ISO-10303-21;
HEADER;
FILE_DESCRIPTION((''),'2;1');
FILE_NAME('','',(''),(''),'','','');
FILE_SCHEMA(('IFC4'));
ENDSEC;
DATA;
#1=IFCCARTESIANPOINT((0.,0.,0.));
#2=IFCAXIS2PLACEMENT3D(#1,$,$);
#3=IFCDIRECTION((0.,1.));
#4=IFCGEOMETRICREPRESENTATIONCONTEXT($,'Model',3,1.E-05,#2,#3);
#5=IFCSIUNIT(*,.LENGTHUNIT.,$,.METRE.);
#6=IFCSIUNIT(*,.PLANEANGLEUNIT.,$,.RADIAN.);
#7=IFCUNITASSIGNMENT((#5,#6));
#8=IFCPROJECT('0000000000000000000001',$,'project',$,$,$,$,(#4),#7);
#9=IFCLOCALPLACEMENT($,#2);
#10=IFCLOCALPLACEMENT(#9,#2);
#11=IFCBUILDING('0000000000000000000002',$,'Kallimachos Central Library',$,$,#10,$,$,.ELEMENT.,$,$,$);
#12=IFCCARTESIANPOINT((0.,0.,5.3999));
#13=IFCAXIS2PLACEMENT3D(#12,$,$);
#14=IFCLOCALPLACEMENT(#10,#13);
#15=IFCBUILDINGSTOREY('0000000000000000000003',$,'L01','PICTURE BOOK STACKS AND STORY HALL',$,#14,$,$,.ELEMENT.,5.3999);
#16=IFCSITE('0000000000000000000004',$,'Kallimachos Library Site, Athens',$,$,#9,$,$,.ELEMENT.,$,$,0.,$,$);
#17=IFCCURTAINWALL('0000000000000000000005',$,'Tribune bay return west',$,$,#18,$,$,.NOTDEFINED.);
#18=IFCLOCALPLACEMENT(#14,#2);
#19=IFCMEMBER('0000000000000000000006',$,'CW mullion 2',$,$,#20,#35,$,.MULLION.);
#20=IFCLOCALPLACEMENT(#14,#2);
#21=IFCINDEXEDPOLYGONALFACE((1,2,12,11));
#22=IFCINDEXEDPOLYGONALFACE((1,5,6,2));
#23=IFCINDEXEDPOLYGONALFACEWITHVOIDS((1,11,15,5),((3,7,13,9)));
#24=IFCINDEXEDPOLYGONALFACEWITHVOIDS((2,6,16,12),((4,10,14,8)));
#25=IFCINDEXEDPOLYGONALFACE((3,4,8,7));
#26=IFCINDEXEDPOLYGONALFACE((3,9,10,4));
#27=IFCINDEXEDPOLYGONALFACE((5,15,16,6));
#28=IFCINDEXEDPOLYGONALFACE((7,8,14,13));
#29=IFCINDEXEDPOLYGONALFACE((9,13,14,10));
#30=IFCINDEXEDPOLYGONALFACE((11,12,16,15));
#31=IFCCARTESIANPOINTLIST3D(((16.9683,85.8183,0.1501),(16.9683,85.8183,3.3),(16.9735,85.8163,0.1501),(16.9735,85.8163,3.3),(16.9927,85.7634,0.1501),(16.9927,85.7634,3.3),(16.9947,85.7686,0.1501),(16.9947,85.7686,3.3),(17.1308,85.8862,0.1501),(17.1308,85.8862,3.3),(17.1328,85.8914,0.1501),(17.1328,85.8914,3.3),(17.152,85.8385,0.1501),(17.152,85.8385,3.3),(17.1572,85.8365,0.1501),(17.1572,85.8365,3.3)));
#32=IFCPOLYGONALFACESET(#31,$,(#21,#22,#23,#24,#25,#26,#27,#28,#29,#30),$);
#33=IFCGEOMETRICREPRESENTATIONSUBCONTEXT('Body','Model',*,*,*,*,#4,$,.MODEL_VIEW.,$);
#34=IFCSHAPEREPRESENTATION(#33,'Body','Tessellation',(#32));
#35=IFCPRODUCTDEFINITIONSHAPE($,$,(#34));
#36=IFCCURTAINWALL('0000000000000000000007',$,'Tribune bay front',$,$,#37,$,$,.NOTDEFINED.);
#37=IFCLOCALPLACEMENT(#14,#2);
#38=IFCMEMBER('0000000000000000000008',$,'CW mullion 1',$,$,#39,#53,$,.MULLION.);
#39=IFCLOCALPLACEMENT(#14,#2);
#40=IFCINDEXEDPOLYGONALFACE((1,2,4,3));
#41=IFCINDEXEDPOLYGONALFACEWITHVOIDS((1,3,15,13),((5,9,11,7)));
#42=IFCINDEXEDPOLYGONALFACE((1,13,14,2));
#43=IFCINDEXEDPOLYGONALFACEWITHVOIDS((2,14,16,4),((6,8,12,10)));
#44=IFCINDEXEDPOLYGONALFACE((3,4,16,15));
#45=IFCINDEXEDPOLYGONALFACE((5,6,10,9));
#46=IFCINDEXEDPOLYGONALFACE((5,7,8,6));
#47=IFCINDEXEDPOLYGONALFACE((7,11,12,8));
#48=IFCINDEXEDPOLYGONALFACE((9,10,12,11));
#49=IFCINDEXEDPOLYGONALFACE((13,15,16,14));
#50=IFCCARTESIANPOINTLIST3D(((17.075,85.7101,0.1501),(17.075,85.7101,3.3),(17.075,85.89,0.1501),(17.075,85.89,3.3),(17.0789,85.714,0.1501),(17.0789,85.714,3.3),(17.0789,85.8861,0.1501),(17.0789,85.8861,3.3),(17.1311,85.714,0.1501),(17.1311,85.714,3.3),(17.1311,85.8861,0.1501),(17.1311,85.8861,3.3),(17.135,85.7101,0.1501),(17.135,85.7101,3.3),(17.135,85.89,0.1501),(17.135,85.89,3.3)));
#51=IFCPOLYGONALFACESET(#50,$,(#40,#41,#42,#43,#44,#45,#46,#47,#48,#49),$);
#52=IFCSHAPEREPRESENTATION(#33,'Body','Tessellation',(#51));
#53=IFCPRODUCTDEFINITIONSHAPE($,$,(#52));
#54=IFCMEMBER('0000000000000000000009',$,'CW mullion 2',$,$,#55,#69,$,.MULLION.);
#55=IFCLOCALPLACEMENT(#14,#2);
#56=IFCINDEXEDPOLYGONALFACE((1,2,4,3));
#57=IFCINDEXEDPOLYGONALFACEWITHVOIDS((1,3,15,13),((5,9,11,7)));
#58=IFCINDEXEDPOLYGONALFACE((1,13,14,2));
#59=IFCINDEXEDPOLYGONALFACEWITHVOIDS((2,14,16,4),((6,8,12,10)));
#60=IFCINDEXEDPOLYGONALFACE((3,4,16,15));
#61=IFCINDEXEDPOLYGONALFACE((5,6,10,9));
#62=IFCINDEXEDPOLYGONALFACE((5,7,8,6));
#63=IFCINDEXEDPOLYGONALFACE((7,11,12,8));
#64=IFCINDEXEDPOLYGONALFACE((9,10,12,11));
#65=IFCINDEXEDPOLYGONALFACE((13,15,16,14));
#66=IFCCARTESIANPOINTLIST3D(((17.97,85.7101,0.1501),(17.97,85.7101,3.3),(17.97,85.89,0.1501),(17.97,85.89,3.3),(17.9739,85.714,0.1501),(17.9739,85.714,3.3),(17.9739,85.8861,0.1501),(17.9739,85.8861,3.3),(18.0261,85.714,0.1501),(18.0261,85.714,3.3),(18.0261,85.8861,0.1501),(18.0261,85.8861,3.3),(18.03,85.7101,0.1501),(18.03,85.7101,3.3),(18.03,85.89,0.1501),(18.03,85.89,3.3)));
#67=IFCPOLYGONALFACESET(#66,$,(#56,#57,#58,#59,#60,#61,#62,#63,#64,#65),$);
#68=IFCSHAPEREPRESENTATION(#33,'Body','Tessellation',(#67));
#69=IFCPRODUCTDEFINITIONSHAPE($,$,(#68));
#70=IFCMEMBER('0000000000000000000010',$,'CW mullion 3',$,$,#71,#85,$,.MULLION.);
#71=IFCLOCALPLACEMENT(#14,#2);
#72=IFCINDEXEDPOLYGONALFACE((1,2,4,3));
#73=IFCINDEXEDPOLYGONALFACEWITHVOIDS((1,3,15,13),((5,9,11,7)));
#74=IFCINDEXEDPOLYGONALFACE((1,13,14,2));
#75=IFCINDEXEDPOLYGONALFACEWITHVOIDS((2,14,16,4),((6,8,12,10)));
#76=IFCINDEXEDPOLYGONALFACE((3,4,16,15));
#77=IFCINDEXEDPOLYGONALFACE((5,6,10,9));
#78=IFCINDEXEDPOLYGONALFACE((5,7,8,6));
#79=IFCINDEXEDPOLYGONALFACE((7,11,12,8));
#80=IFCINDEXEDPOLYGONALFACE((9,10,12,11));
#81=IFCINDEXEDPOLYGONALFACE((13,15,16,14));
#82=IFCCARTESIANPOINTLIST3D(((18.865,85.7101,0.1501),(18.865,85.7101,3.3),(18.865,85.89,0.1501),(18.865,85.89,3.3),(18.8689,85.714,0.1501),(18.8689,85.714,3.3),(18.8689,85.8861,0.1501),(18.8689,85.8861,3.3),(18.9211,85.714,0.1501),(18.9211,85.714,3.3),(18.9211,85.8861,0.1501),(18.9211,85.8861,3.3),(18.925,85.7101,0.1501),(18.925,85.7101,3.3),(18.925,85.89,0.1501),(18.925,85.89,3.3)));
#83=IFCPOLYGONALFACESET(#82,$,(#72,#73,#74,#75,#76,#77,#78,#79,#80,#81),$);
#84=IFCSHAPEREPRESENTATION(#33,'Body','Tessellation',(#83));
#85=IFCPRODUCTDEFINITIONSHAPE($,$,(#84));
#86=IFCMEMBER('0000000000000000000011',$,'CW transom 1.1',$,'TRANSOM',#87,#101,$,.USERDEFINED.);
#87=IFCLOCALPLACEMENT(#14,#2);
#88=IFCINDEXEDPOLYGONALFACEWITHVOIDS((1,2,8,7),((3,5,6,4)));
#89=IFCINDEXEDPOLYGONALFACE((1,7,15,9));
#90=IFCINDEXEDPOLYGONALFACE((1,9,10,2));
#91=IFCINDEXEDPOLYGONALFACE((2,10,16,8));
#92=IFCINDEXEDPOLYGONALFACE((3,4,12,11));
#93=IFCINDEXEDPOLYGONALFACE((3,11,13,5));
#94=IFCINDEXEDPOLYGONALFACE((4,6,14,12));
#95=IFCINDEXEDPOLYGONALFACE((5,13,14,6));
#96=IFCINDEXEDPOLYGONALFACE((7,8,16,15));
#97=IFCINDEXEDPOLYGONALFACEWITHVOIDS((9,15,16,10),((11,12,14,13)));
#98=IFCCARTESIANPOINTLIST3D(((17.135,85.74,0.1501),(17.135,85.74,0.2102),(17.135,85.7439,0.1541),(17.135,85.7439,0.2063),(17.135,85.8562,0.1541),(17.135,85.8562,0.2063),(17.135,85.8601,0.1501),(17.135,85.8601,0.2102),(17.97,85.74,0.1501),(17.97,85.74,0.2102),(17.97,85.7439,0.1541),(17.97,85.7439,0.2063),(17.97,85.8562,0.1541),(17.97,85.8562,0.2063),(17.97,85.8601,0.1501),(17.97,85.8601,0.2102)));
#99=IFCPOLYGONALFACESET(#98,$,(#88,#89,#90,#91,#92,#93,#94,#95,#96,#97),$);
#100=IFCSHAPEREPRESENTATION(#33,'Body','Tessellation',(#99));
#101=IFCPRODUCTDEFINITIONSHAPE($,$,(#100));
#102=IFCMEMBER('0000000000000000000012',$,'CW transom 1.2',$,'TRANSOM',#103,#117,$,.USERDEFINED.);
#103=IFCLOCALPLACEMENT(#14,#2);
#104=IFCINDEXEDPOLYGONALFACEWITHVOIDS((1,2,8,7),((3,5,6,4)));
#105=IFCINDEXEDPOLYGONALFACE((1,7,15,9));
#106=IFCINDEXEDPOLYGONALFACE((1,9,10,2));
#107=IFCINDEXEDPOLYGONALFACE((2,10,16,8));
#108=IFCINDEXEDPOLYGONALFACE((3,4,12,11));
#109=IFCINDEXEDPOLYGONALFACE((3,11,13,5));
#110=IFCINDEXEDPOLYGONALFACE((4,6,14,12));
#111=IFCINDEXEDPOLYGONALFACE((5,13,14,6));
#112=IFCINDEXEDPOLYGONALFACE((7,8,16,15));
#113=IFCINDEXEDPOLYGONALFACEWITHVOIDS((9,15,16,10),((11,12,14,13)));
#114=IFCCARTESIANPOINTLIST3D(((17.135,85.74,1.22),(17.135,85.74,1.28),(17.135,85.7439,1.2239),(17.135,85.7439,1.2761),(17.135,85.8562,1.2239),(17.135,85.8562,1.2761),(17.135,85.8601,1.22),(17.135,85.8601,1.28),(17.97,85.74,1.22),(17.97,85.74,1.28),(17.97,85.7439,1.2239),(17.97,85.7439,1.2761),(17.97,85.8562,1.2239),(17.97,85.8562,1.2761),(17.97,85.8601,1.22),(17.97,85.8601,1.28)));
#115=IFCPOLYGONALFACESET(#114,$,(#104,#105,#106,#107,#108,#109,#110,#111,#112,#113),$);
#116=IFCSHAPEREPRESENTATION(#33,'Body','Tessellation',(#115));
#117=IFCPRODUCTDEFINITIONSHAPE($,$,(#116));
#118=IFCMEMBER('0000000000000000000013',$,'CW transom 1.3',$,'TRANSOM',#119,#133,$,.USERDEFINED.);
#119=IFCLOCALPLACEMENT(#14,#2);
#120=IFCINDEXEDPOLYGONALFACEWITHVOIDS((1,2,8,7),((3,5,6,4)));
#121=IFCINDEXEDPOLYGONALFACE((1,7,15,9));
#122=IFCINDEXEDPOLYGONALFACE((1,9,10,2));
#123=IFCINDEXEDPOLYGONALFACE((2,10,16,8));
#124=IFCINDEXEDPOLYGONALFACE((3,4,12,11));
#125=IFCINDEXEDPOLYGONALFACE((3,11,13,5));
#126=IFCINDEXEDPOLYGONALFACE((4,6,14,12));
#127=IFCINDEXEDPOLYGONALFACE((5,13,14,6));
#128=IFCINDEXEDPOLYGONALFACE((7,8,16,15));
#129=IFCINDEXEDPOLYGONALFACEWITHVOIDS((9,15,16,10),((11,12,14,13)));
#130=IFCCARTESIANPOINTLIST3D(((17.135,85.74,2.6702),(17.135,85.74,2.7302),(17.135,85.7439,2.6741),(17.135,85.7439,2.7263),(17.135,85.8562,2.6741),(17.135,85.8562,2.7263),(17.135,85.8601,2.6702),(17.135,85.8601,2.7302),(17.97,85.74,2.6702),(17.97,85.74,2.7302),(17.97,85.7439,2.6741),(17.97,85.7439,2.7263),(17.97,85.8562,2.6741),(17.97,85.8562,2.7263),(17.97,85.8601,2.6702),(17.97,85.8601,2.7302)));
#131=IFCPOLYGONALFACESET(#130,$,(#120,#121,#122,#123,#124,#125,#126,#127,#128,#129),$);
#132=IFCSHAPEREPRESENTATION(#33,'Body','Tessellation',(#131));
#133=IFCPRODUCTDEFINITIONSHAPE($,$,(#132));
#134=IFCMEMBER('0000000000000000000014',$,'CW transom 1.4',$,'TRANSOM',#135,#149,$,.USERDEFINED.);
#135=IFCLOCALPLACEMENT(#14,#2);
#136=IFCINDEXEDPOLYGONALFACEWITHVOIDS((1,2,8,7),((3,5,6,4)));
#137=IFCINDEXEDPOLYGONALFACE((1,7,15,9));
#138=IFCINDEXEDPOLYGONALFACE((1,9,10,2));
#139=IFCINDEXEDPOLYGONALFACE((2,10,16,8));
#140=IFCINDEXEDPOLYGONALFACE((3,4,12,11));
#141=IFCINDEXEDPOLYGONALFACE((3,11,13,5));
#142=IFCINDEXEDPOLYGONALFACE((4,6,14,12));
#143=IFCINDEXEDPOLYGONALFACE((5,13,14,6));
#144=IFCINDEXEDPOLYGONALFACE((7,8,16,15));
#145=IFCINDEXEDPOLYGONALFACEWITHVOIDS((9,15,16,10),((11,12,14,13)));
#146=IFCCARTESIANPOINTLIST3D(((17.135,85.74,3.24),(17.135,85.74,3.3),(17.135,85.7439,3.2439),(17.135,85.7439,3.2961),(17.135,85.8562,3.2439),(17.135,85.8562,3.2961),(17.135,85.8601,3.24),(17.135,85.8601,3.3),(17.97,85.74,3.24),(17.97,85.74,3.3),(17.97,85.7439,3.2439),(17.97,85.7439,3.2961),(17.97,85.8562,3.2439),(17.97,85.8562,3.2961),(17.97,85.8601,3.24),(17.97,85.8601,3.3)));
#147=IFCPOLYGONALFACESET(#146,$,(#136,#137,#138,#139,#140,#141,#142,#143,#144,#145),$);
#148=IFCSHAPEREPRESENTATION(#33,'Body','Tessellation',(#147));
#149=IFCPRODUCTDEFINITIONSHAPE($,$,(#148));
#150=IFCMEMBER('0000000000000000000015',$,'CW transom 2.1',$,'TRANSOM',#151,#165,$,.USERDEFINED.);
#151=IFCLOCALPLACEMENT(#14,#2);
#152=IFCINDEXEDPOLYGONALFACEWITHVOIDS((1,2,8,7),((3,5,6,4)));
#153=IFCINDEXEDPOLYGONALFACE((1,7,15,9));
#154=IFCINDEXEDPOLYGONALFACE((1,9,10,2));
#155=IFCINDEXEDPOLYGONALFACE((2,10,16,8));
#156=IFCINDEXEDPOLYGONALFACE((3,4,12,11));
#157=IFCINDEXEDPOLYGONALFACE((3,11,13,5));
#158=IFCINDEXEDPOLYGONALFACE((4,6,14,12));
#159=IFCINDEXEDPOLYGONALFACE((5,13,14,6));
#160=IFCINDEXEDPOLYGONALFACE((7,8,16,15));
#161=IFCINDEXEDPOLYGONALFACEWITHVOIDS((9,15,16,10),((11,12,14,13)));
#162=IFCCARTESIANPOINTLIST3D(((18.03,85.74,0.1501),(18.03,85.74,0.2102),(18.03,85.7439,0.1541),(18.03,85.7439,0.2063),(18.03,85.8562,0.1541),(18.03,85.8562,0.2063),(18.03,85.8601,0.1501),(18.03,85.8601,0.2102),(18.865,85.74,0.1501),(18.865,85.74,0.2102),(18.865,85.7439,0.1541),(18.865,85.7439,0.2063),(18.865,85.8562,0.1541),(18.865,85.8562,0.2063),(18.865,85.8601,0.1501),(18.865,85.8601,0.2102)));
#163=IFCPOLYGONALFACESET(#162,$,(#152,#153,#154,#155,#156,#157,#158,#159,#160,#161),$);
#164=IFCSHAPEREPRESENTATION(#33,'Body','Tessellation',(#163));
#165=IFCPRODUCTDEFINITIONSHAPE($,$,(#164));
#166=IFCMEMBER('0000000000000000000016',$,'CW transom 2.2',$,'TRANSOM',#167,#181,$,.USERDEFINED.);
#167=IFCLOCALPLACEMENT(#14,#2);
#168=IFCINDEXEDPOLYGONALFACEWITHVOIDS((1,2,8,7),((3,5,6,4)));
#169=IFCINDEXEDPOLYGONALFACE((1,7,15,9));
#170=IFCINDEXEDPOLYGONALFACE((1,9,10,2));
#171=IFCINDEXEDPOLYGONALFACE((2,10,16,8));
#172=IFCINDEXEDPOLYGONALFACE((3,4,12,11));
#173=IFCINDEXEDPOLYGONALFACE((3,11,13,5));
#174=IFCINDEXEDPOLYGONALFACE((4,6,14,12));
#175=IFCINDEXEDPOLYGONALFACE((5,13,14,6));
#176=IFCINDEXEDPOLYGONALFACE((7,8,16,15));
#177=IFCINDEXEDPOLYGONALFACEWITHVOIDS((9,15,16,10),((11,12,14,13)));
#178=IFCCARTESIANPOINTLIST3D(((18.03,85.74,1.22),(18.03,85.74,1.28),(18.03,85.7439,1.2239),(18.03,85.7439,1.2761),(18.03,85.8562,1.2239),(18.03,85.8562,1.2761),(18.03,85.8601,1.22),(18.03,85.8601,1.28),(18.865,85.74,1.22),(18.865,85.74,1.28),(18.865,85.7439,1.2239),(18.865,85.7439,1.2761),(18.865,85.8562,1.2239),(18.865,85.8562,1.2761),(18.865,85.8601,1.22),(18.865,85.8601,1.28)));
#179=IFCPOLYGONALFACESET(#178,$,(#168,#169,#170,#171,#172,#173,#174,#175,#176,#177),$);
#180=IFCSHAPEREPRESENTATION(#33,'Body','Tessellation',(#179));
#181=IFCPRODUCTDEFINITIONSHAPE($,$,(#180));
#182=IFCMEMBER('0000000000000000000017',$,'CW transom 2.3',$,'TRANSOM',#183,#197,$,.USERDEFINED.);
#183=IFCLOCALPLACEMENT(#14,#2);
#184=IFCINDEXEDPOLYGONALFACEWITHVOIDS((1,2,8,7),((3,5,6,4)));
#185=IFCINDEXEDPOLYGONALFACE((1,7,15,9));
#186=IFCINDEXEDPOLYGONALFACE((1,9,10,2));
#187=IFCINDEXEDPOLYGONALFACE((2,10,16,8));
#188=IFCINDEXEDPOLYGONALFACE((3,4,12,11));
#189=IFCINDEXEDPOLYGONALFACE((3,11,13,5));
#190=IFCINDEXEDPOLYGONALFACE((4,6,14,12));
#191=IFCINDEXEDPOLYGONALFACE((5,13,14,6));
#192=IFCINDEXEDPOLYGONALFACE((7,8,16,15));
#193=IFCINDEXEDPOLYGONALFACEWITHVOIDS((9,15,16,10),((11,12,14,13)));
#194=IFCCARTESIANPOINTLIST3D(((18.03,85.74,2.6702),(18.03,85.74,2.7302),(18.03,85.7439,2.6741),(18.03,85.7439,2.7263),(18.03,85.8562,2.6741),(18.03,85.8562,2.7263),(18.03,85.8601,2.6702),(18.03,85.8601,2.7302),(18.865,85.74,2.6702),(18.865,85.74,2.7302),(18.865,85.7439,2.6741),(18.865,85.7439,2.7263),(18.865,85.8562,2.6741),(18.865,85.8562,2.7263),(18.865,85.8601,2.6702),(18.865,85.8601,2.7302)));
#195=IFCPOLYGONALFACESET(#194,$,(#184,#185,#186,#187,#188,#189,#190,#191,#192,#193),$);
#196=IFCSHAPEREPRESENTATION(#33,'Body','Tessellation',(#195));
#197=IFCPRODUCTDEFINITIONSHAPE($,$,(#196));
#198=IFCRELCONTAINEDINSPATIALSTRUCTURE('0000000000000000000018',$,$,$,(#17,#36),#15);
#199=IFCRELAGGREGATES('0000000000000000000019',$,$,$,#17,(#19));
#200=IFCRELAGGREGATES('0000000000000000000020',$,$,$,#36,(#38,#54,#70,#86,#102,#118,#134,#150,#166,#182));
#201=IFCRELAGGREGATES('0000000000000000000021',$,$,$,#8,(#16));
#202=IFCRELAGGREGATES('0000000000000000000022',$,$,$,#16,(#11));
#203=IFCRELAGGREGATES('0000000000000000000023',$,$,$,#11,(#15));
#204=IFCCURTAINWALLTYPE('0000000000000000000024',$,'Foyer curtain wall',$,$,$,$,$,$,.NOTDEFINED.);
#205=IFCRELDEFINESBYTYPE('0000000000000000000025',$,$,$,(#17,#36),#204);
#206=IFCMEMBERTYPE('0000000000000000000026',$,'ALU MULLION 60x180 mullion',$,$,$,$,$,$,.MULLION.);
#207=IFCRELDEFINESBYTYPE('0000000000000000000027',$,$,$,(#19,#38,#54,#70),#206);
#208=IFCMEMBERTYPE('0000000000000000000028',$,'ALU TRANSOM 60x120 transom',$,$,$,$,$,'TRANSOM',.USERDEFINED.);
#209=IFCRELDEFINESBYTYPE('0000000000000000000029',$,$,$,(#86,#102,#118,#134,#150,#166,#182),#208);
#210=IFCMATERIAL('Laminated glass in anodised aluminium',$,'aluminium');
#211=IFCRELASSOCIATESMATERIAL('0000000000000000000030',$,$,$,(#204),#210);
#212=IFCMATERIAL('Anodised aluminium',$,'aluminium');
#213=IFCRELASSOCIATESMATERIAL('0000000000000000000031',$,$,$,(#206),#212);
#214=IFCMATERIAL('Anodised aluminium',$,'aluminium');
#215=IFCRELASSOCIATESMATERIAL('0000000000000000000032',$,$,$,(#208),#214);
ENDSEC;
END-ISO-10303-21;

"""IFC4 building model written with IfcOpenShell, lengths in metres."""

from ifc_helpers import new_model, si_unit, direction, frame, origin, origin_2d, place, context, subcontext, project, spatial, hollow_rectangle, extrude, material, material_profile, profile_set, type_object, element, aggregate, save


model = new_model("IFC4")

# Units and contexts
model_context = context("Model", 3, precision=1e-05, world=origin(), true_north=direction((0.0, 1.0)))
body_context = subcontext(model_context, "Body", "Model", "MODEL_VIEW")
ifc_project = project(units=[si_unit("LENGTHUNIT", "METRE"), si_unit("PLANEANGLEUNIT", "RADIAN")], contexts=[model_context])

# Site, building, storey
site_placement = place(None, origin())
site = spatial("IfcSite", under=ifc_project, at=site_placement, Name="Kallimachos Library Site, Athens", CompositionType="ELEMENT", RefElevation=0.0)
building_placement = place(site_placement, origin())
building = spatial("IfcBuilding", under=site, at=building_placement, Name="Kallimachos Central Library", CompositionType="ELEMENT")
storey_placement = place(building_placement, frame((0.0, 0.0, 5.3999)))
storey = spatial("IfcBuildingStorey", under=building, at=storey_placement, Name="L01", Description="PICTURE BOOK STACKS AND STORY HALL", CompositionType="ELEMENT", Elevation=5.3999)

# Curtain wall, member
ifc_material_1 = material(Name="Laminated glass in anodised aluminium", Category="aluminium")
curtain_wall_type = type_object("IfcCurtainWallType", Name="Foyer curtain wall", PredefinedType="NOTDEFINED", material=ifc_material_1)
curtain_wall_1_placement = place(storey_placement, origin())
curtain_wall_1 = element("IfcCurtainWall", 1, at=curtain_wall_1_placement, inside=storey, type_object=curtain_wall_type, Name="Tribune bay return west", PredefinedType="NOTDEFINED")
ifc_material_2 = material(Name="Anodised aluminium", Category="aluminium")
ifc_material_profile_1 = material_profile(ifc_material_2, hollow_rectangle(XDim=0.0601, YDim=0.1799, WallThickness=0.0039, at=origin_2d()), Name="ALU MULLION 60x180")
ifc_profile_set_1 = profile_set([ifc_material_profile_1], Name="Anodised aluminium")
member_type_1 = type_object("IfcMemberType", Name="ALU MULLION 60x180 mullion", PredefinedType="MULLION", material=ifc_profile_set_1)
member_1_placement = place(storey_placement, frame((17.0627, 85.8274, 0.1501), z_axis=(0.0, 0.0, 1.0), x_axis=(0.406138, -0.913812, 0.0)))
member_1 = element("IfcMember", 2, at=member_1_placement, type_object=member_type_1, Name="CW mullion 2", PredefinedType="MULLION", context=body_context, shape_type="SweptSolid", body=[
    extrude(hollow_rectangle(XDim=0.0601, YDim=0.1799, WallThickness=0.0039, at=origin_2d()), origin(), (0.0, 0.0, 1.0), 3.1499),
])

# Curtain wall, members
curtain_wall_2_placement = place(storey_placement, origin())
curtain_wall_2 = element("IfcCurtainWall", 3, at=curtain_wall_2_placement, inside=storey, type_object=curtain_wall_type, Name="Tribune bay front", PredefinedType="NOTDEFINED")
member_2_placement = place(storey_placement, frame((17.105, 85.8, 0.1501), z_axis=(0.0, 0.0, 1.0), x_axis=(1.0, 0.0, 0.0)))
member_2 = element("IfcMember", 4, at=member_2_placement, type_object=member_type_1, Name="CW mullion 1", PredefinedType="MULLION", context=body_context, shape_type="SweptSolid", body=[
    extrude(hollow_rectangle(XDim=0.0601, YDim=0.1799, WallThickness=0.0039, at=origin_2d()), origin(), (0.0, 0.0, 1.0), 3.1499),
])
member_3_placement = place(storey_placement, frame((18.0, 85.8, 0.1501), z_axis=(0.0, 0.0, 1.0), x_axis=(1.0, 0.0, 0.0)))
member_3 = element("IfcMember", 5, at=member_3_placement, type_object=member_type_1, Name="CW mullion 2", PredefinedType="MULLION", context=body_context, shape_type="SweptSolid", body=[
    extrude(hollow_rectangle(XDim=0.0601, YDim=0.1799, WallThickness=0.0039, at=origin_2d()), origin(), (0.0, 0.0, 1.0), 3.1499),
])
member_4_placement = place(storey_placement, frame((18.895, 85.8, 0.1501), z_axis=(0.0, 0.0, 1.0), x_axis=(1.0, 0.0, 0.0)))
member_4 = element("IfcMember", 6, at=member_4_placement, type_object=member_type_1, Name="CW mullion 3", PredefinedType="MULLION", context=body_context, shape_type="SweptSolid", body=[
    extrude(hollow_rectangle(XDim=0.0601, YDim=0.1799, WallThickness=0.0039, at=origin_2d()), origin(), (0.0, 0.0, 1.0), 3.1499),
])
ifc_material_3 = material(Name="Anodised aluminium", Category="aluminium")
ifc_material_profile_2 = material_profile(ifc_material_3, hollow_rectangle(XDim=0.0601, YDim=0.1201, WallThickness=0.0039, at=origin_2d()), Name="ALU TRANSOM 60x120")
ifc_profile_set_2 = profile_set([ifc_material_profile_2], Name="Anodised aluminium")
member_type_2 = type_object("IfcMemberType", Name="ALU TRANSOM 60x120 transom", ElementType="TRANSOM", PredefinedType="USERDEFINED", material=ifc_profile_set_2)
member_5_placement = place(storey_placement, frame((17.135, 85.8, 0.1802), z_axis=(1.0, 0.0, 0.0), x_axis=(0.0, 0.0, 1.0)))
member_5 = element("IfcMember", 7, at=member_5_placement, type_object=member_type_2, Name="CW transom 1.1", ObjectType="TRANSOM", PredefinedType="USERDEFINED", context=body_context, shape_type="SweptSolid", body=[
    extrude(hollow_rectangle(XDim=0.0601, YDim=0.1201, WallThickness=0.0039, at=origin_2d()), origin(), (0.0, 0.0, 1.0), 0.835),
])
member_6_placement = place(storey_placement, frame((17.135, 85.8, 1.25), z_axis=(1.0, 0.0, 0.0), x_axis=(0.0, 0.0, 1.0)))
member_6 = element("IfcMember", 8, at=member_6_placement, type_object=member_type_2, Name="CW transom 1.2", ObjectType="TRANSOM", PredefinedType="USERDEFINED", context=body_context, shape_type="SweptSolid", body=[
    extrude(hollow_rectangle(XDim=0.0601, YDim=0.1201, WallThickness=0.0039, at=origin_2d()), origin(), (0.0, 0.0, 1.0), 0.835),
])
member_7_placement = place(storey_placement, frame((17.135, 85.8, 2.7002), z_axis=(1.0, 0.0, 0.0), x_axis=(0.0, 0.0, 1.0)))
member_7 = element("IfcMember", 9, at=member_7_placement, type_object=member_type_2, Name="CW transom 1.3", ObjectType="TRANSOM", PredefinedType="USERDEFINED", context=body_context, shape_type="SweptSolid", body=[
    extrude(hollow_rectangle(XDim=0.0601, YDim=0.1201, WallThickness=0.0039, at=origin_2d()), origin(), (0.0, 0.0, 1.0), 0.835),
])
member_8_placement = place(storey_placement, frame((17.135, 85.8, 3.27), z_axis=(1.0, 0.0, 0.0), x_axis=(0.0, 0.0, 1.0)))
member_8 = element("IfcMember", 10, at=member_8_placement, type_object=member_type_2, Name="CW transom 1.4", ObjectType="TRANSOM", PredefinedType="USERDEFINED", context=body_context, shape_type="SweptSolid", body=[
    extrude(hollow_rectangle(XDim=0.0601, YDim=0.1201, WallThickness=0.0039, at=origin_2d()), origin(), (0.0, 0.0, 1.0), 0.835),
])
member_9_placement = place(storey_placement, frame((18.03, 85.8, 0.1802), z_axis=(1.0, 0.0, 0.0), x_axis=(0.0, 0.0, 1.0)))
member_9 = element("IfcMember", 11, at=member_9_placement, type_object=member_type_2, Name="CW transom 2.1", ObjectType="TRANSOM", PredefinedType="USERDEFINED", context=body_context, shape_type="SweptSolid", body=[
    extrude(hollow_rectangle(XDim=0.0601, YDim=0.1201, WallThickness=0.0039, at=origin_2d()), origin(), (0.0, 0.0, 1.0), 0.835),
])
member_10_placement = place(storey_placement, frame((18.03, 85.8, 1.25), z_axis=(1.0, 0.0, 0.0), x_axis=(0.0, 0.0, 1.0)))
member_10 = element("IfcMember", 12, at=member_10_placement, type_object=member_type_2, Name="CW transom 2.2", ObjectType="TRANSOM", PredefinedType="USERDEFINED", context=body_context, shape_type="SweptSolid", body=[
    extrude(hollow_rectangle(XDim=0.0601, YDim=0.1201, WallThickness=0.0039, at=origin_2d()), origin(), (0.0, 0.0, 1.0), 0.835),
])
member_11_placement = place(storey_placement, frame((18.03, 85.8, 2.7002), z_axis=(1.0, 0.0, 0.0), x_axis=(0.0, 0.0, 1.0)))
member_11 = element("IfcMember", 13, at=member_11_placement, type_object=member_type_2, Name="CW transom 2.3", ObjectType="TRANSOM", PredefinedType="USERDEFINED", context=body_context, shape_type="SweptSolid", body=[
    extrude(hollow_rectangle(XDim=0.0601, YDim=0.1201, WallThickness=0.0039, at=origin_2d()), origin(), (0.0, 0.0, 1.0), 0.835),
])

aggregate(curtain_wall_1, [member_1])
aggregate(curtain_wall_2, [member_2, member_3, member_4, member_5, member_6, member_7, member_8, member_9, member_10, member_11])

save(model, "model.ifc")
